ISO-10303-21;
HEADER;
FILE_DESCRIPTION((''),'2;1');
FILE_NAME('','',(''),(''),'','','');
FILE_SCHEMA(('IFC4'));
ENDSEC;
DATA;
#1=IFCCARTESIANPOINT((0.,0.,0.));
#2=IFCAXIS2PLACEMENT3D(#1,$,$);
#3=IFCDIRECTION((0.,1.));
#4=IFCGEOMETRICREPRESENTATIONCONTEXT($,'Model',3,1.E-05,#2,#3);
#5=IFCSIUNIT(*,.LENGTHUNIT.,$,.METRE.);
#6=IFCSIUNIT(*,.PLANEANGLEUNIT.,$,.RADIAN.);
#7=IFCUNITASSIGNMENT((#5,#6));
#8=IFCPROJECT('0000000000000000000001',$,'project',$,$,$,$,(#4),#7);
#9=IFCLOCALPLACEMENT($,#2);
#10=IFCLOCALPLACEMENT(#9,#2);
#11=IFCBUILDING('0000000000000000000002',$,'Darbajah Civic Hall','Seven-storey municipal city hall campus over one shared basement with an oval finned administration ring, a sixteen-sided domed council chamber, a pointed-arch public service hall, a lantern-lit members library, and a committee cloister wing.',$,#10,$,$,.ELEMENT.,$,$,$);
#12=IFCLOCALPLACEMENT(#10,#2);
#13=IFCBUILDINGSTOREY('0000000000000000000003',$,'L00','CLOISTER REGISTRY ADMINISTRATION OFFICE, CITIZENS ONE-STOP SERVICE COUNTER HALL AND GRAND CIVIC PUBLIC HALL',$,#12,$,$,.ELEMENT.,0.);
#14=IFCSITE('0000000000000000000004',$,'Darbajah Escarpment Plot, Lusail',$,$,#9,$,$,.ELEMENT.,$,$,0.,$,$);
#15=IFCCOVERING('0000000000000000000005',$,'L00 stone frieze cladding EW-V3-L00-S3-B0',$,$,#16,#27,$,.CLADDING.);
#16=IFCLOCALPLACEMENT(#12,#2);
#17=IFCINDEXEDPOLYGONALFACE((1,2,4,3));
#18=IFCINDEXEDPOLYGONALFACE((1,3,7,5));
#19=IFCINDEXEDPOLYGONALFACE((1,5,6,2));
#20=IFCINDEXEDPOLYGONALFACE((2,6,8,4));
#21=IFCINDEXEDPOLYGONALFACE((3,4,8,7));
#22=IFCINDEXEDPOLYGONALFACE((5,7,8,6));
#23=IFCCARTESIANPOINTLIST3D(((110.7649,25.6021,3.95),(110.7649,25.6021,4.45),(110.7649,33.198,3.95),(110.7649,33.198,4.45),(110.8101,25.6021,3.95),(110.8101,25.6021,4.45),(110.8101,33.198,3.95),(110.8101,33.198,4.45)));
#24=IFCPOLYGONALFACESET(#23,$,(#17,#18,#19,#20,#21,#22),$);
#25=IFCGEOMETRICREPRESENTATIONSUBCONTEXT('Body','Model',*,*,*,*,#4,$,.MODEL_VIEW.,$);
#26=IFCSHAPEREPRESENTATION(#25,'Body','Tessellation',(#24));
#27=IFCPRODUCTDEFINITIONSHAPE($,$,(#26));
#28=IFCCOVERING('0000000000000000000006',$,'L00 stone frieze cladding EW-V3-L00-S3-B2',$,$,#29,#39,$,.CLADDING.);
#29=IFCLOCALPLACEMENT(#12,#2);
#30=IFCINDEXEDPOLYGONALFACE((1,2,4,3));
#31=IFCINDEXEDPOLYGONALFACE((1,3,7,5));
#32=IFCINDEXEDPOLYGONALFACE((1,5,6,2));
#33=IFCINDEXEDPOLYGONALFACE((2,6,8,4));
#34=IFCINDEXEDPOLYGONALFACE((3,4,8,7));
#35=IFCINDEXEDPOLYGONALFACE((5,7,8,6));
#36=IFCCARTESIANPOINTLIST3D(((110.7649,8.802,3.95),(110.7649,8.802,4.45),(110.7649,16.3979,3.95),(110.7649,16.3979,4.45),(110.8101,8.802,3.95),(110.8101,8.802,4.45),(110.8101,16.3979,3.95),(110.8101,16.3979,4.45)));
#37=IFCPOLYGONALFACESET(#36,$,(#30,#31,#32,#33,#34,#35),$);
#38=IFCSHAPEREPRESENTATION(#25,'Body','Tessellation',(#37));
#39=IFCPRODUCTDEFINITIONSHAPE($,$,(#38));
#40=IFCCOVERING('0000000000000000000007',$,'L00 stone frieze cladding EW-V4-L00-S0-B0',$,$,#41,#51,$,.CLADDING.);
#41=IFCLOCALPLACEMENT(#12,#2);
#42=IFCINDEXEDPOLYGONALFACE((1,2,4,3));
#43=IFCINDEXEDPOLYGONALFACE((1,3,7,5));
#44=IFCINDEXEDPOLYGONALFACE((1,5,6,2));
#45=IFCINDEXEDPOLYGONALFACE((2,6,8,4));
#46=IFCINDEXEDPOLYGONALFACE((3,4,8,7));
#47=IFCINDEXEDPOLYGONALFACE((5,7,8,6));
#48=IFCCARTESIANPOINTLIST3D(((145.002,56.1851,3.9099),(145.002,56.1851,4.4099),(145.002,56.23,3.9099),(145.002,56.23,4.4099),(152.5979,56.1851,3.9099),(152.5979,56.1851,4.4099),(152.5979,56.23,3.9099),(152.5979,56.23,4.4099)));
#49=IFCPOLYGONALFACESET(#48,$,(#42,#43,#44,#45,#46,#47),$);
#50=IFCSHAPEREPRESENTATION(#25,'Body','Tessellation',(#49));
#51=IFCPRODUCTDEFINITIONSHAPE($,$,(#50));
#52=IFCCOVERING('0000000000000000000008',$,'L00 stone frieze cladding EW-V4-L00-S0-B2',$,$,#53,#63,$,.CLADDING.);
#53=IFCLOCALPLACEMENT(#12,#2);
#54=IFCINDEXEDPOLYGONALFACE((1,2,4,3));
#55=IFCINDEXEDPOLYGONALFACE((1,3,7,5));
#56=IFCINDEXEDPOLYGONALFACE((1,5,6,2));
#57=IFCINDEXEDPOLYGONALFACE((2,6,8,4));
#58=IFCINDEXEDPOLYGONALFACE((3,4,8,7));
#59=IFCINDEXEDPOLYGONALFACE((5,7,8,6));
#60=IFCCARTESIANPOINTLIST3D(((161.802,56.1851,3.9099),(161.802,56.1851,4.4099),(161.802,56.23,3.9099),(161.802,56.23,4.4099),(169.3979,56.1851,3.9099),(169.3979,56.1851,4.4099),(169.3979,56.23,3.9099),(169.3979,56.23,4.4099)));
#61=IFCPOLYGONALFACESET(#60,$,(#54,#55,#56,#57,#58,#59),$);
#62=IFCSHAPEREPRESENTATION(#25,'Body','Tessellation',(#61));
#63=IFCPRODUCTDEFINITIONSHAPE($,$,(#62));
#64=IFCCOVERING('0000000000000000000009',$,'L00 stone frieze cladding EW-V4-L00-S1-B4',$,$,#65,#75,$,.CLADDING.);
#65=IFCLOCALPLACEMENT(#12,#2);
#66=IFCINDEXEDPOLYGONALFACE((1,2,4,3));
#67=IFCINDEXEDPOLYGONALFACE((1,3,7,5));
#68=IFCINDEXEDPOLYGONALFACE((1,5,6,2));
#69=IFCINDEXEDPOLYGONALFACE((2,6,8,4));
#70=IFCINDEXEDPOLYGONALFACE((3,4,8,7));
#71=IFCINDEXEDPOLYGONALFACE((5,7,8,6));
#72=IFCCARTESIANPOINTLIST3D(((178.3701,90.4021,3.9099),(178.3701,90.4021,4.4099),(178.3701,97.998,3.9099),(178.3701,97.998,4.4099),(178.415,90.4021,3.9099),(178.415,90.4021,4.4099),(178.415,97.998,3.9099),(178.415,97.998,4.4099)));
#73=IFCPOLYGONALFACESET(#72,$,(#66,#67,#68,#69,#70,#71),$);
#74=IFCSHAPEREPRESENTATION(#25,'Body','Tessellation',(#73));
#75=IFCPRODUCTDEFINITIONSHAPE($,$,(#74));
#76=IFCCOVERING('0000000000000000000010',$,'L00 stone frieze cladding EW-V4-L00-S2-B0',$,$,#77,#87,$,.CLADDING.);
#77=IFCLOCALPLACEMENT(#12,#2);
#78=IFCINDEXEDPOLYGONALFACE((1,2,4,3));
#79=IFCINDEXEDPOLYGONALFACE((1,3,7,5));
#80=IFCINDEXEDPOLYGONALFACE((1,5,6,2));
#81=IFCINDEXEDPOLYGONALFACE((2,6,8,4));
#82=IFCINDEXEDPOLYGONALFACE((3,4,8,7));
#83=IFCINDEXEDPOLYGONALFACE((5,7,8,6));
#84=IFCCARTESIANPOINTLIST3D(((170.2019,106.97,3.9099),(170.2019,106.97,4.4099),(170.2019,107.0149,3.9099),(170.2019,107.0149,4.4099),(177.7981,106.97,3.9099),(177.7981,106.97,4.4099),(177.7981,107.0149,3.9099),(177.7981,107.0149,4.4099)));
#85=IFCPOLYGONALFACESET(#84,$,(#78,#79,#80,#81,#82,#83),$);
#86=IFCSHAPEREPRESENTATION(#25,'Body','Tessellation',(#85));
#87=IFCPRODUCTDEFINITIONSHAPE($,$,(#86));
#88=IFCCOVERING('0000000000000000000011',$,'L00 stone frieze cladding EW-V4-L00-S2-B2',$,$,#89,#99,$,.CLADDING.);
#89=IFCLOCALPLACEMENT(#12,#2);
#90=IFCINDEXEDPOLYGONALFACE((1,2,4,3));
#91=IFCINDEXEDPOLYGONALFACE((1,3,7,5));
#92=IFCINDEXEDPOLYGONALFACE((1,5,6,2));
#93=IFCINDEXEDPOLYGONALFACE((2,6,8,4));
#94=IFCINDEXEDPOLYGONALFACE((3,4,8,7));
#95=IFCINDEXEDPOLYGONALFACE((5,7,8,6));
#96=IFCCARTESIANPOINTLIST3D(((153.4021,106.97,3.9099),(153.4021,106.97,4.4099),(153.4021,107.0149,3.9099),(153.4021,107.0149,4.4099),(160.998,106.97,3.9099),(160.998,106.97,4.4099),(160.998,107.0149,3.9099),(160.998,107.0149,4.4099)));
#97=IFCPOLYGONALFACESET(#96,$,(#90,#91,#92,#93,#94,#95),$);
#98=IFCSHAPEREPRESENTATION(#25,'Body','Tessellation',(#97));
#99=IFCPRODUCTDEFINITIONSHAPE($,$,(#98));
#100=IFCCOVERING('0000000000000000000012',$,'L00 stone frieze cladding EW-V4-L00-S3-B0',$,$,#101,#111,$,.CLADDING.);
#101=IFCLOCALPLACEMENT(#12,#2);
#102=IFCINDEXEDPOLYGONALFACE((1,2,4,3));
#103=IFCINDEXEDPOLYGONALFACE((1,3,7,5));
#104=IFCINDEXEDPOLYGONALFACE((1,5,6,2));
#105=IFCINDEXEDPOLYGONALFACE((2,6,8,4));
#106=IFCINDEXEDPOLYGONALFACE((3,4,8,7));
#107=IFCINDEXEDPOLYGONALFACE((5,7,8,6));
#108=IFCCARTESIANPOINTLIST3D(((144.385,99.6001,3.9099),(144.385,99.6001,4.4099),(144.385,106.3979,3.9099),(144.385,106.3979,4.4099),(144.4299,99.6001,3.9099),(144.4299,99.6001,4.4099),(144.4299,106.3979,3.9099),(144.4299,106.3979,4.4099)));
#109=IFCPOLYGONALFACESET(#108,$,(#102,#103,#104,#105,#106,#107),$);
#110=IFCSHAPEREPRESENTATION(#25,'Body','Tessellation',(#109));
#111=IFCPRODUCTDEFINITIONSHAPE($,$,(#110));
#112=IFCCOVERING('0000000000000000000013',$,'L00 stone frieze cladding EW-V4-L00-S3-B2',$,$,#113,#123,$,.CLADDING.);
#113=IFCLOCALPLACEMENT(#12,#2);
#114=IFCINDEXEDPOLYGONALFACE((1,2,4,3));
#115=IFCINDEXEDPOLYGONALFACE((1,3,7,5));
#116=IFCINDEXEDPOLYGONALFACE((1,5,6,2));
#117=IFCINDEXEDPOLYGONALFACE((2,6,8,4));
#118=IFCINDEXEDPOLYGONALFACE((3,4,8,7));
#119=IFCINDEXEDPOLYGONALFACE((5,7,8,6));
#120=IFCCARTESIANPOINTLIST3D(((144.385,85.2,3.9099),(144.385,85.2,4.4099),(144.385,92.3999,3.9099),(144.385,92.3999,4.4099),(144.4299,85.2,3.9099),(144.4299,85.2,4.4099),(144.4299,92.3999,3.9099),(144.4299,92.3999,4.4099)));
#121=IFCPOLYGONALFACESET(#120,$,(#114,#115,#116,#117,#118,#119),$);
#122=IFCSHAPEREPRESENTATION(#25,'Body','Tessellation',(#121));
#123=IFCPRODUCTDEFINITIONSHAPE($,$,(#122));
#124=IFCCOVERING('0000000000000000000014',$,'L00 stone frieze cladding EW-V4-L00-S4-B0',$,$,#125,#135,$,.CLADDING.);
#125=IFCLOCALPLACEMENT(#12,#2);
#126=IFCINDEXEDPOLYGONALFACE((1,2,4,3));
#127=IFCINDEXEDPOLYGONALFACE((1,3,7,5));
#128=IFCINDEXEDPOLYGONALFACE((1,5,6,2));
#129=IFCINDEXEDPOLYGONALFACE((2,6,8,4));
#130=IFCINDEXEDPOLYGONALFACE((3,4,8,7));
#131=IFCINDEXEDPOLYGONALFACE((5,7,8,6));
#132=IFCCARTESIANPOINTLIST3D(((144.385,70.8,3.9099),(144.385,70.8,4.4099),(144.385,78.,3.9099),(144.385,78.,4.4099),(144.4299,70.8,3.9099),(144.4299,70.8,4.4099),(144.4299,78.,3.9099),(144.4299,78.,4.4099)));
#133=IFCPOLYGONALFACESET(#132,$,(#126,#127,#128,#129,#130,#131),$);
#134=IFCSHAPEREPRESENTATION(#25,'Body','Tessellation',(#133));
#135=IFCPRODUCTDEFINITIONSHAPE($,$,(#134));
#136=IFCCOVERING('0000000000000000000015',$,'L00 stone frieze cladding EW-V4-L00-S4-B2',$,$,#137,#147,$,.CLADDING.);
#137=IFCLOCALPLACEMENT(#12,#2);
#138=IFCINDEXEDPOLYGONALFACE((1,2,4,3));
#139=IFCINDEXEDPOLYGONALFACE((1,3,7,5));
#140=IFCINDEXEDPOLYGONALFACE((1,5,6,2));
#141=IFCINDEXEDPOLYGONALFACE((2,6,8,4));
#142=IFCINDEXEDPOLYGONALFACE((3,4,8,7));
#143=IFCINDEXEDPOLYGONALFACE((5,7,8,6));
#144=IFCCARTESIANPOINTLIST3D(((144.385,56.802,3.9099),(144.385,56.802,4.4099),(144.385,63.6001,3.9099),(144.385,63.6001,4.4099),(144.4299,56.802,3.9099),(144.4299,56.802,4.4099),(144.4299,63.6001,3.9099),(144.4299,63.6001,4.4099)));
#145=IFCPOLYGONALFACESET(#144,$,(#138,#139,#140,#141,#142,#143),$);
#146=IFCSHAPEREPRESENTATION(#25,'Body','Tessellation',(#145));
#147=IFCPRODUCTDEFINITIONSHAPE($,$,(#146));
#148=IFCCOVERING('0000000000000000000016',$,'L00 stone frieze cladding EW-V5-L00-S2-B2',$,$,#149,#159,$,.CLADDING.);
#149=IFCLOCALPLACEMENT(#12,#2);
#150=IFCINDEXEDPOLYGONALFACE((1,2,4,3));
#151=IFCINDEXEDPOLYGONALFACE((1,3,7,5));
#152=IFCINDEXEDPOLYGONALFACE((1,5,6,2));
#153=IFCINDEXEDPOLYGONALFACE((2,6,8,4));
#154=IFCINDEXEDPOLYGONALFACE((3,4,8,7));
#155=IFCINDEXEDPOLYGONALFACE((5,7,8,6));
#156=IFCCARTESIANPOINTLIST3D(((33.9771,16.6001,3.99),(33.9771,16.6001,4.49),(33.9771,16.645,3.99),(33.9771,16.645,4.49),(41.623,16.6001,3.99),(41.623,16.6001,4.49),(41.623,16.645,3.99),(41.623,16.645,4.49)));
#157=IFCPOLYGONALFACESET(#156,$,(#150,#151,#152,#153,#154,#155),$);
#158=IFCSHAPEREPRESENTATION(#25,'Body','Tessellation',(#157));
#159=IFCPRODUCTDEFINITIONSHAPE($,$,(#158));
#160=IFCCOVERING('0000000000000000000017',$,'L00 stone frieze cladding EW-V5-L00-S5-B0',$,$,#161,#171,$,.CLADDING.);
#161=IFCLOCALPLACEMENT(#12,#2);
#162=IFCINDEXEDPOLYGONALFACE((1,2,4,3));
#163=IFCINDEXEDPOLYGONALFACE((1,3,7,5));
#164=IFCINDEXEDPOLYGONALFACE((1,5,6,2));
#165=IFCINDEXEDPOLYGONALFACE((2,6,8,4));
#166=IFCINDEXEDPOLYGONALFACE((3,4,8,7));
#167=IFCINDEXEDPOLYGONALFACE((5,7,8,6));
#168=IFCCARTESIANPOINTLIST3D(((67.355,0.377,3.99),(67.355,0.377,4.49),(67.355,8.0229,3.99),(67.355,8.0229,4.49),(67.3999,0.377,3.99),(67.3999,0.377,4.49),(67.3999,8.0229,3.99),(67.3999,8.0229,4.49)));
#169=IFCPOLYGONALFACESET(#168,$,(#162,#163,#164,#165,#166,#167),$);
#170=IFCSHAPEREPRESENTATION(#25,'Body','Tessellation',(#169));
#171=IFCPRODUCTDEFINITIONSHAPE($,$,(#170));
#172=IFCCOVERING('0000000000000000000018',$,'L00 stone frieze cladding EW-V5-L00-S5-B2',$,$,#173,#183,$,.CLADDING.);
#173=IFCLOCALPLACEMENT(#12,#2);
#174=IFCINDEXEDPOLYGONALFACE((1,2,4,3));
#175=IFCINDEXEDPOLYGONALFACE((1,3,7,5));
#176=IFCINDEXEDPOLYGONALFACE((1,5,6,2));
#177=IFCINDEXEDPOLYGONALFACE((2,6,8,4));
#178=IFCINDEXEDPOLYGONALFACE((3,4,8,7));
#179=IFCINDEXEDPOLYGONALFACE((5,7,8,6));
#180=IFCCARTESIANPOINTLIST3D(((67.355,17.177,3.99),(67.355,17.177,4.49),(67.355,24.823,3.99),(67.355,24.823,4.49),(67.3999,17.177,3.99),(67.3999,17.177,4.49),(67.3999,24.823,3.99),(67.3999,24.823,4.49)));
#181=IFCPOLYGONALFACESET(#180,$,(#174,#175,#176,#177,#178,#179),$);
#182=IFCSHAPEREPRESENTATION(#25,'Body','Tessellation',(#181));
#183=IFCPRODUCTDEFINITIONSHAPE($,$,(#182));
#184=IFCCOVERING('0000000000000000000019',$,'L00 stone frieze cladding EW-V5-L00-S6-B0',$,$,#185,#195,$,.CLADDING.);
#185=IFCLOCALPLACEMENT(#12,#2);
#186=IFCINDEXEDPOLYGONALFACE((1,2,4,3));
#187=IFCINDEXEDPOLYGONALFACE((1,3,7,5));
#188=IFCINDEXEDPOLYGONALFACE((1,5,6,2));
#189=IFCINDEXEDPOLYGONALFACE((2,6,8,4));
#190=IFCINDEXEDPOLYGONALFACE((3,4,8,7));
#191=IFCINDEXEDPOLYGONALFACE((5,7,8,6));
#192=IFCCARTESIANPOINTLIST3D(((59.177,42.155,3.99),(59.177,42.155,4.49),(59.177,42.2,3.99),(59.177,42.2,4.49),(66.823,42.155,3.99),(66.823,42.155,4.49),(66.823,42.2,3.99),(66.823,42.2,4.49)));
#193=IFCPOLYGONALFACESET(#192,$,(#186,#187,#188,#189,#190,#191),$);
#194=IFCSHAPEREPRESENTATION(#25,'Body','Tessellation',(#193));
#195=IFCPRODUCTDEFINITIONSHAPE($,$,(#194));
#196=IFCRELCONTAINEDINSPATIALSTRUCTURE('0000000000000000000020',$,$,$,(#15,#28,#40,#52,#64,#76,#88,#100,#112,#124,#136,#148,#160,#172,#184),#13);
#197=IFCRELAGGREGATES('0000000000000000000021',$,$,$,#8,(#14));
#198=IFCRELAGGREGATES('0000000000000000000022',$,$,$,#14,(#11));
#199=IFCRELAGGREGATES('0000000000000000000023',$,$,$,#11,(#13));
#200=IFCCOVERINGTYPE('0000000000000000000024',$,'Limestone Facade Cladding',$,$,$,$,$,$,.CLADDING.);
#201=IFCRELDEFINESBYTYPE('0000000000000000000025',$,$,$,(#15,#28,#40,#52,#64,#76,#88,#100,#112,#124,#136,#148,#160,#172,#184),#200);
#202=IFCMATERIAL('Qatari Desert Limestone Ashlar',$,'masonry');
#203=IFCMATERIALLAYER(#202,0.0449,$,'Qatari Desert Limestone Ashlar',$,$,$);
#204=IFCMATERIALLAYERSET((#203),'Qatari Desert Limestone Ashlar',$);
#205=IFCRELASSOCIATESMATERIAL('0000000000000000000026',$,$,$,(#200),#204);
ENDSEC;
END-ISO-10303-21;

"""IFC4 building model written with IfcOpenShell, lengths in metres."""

from ifc_helpers import new_model, si_unit, direction, frame, origin, place, context, subcontext, project, spatial, polyline, outline, extrude, material, layer, layer_set, type_object, element, save


model = new_model("IFC4")

# Units and contexts
model_context = context("Model", 3, precision=1e-05, world=origin(), true_north=direction((0.0, 1.0)))
body_context = subcontext(model_context, "Body", "Model", "MODEL_VIEW")
ifc_project = project(units=[si_unit("LENGTHUNIT", "METRE"), si_unit("PLANEANGLEUNIT", "RADIAN")], contexts=[model_context])

# Site, building, storey
site_placement = place(None, origin())
site = spatial("IfcSite", under=ifc_project, at=site_placement, Name="Darbajah Escarpment Plot, Lusail", CompositionType="ELEMENT", RefElevation=0.0)
building_placement = place(site_placement, origin())
building = spatial("IfcBuilding", under=site, at=building_placement, Name="Darbajah Civic Hall", Description="Seven-storey municipal city hall campus over one shared basement with an oval finned administration ring, a sixteen-sided domed council chamber, a pointed-arch public service hall, a lantern-lit members library, and a committee cloister wing.", CompositionType="ELEMENT")
storey_placement = place(building_placement, origin())
storey = spatial("IfcBuildingStorey", under=building, at=storey_placement, Name="L00", Description="CLOISTER REGISTRY ADMINISTRATION OFFICE, CITIZENS ONE-STOP SERVICE COUNTER HALL AND GRAND CIVIC PUBLIC HALL", CompositionType="ELEMENT", Elevation=0.0)

# Coverings
ifc_material = material(Name="Qatari Desert Limestone Ashlar", Category="masonry")
ifc_layer = layer(ifc_material, 0.0449, Name="Qatari Desert Limestone Ashlar")
ifc_layer_set = layer_set([ifc_layer], Name="Qatari Desert Limestone Ashlar")
covering_type = type_object("IfcCoveringType", Name="Limestone Facade Cladding", PredefinedType="CLADDING", material=ifc_layer_set)
covering_1_placement = place(storey_placement, frame((0.0, 0.0, 3.95)))
element("IfcCovering", 1, at=covering_1_placement, inside=storey, type_object=covering_type, Name="L00 stone frieze cladding EW-V3-L00-S3-B0", PredefinedType="CLADDING", context=body_context, shape_type="SweptSolid", body=[
    extrude(outline(polyline([(110.8101, 33.198), (110.8101, 25.6021), (110.7649, 25.6021), (110.7649, 33.198), (110.8101, 33.198)])), origin(), (0.0, 0.0, 1.0), 0.5),
])
covering_2_placement = place(storey_placement, frame((0.0, 0.0, 3.95)))
element("IfcCovering", 2, at=covering_2_placement, inside=storey, type_object=covering_type, Name="L00 stone frieze cladding EW-V3-L00-S3-B2", PredefinedType="CLADDING", context=body_context, shape_type="SweptSolid", body=[
    extrude(outline(polyline([(110.8101, 16.3979), (110.8101, 8.802), (110.7649, 8.802), (110.7649, 16.3979), (110.8101, 16.3979)])), origin(), (0.0, 0.0, 1.0), 0.5),
])
covering_3_placement = place(storey_placement, frame((0.0, 0.0, 3.9099)))
element("IfcCovering", 3, at=covering_3_placement, inside=storey, type_object=covering_type, Name="L00 stone frieze cladding EW-V4-L00-S0-B0", PredefinedType="CLADDING", context=body_context, shape_type="SweptSolid", body=[
    extrude(outline(polyline([(145.002, 56.23), (152.5979, 56.23), (152.5979, 56.1851), (145.002, 56.1851), (145.002, 56.23)])), origin(), (0.0, 0.0, 1.0), 0.5),
])
covering_4_placement = place(storey_placement, frame((0.0, 0.0, 3.9099)))
element("IfcCovering", 4, at=covering_4_placement, inside=storey, type_object=covering_type, Name="L00 stone frieze cladding EW-V4-L00-S0-B2", PredefinedType="CLADDING", context=body_context, shape_type="SweptSolid", body=[
    extrude(outline(polyline([(161.802, 56.23), (169.3979, 56.23), (169.3979, 56.1851), (161.802, 56.1851), (161.802, 56.23)])), origin(), (0.0, 0.0, 1.0), 0.5),
])
covering_5_placement = place(storey_placement, frame((0.0, 0.0, 3.9099)))
element("IfcCovering", 5, at=covering_5_placement, inside=storey, type_object=covering_type, Name="L00 stone frieze cladding EW-V4-L00-S1-B4", PredefinedType="CLADDING", context=body_context, shape_type="SweptSolid", body=[
    extrude(outline(polyline([(178.3701, 90.4021), (178.3701, 97.998), (178.415, 97.998), (178.415, 90.4021), (178.3701, 90.4021)])), origin(), (0.0, 0.0, 1.0), 0.5),
])
covering_6_placement = place(storey_placement, frame((0.0, 0.0, 3.9099)))
element("IfcCovering", 6, at=covering_6_placement, inside=storey, type_object=covering_type, Name="L00 stone frieze cladding EW-V4-L00-S2-B0", PredefinedType="CLADDING", context=body_context, shape_type="SweptSolid", body=[
    extrude(outline(polyline([(177.7981, 106.97), (170.2019, 106.97), (170.2019, 107.0149), (177.7981, 107.0149), (177.7981, 106.97)])), origin(), (0.0, 0.0, 1.0), 0.5),
])
covering_7_placement = place(storey_placement, frame((0.0, 0.0, 3.9099)))
element("IfcCovering", 7, at=covering_7_placement, inside=storey, type_object=covering_type, Name="L00 stone frieze cladding EW-V4-L00-S2-B2", PredefinedType="CLADDING", context=body_context, shape_type="SweptSolid", body=[
    extrude(outline(polyline([(160.998, 106.97), (153.4021, 106.97), (153.4021, 107.0149), (160.998, 107.0149), (160.998, 106.97)])), origin(), (0.0, 0.0, 1.0), 0.5),
])
covering_8_placement = place(storey_placement, frame((0.0, 0.0, 3.9099)))
element("IfcCovering", 8, at=covering_8_placement, inside=storey, type_object=covering_type, Name="L00 stone frieze cladding EW-V4-L00-S3-B0", PredefinedType="CLADDING", context=body_context, shape_type="SweptSolid", body=[
    extrude(outline(polyline([(144.4299, 106.3979), (144.4299, 99.6001), (144.385, 99.6001), (144.385, 106.3979), (144.4299, 106.3979)])), origin(), (0.0, 0.0, 1.0), 0.5),
])
covering_9_placement = place(storey_placement, frame((0.0, 0.0, 3.9099)))
element("IfcCovering", 9, at=covering_9_placement, inside=storey, type_object=covering_type, Name="L00 stone frieze cladding EW-V4-L00-S3-B2", PredefinedType="CLADDING", context=body_context, shape_type="SweptSolid", body=[
    extrude(outline(polyline([(144.4299, 92.3999), (144.4299, 85.2), (144.385, 85.2), (144.385, 92.3999), (144.4299, 92.3999)])), origin(), (0.0, 0.0, 1.0), 0.5),
])
covering_10_placement = place(storey_placement, frame((0.0, 0.0, 3.9099)))
element("IfcCovering", 10, at=covering_10_placement, inside=storey, type_object=covering_type, Name="L00 stone frieze cladding EW-V4-L00-S4-B0", PredefinedType="CLADDING", context=body_context, shape_type="SweptSolid", body=[
    extrude(outline(polyline([(144.4299, 78.0), (144.4299, 70.8), (144.385, 70.8), (144.385, 78.0), (144.4299, 78.0)])), origin(), (0.0, 0.0, 1.0), 0.5),
])
covering_11_placement = place(storey_placement, frame((0.0, 0.0, 3.9099)))
element("IfcCovering", 11, at=covering_11_placement, inside=storey, type_object=covering_type, Name="L00 stone frieze cladding EW-V4-L00-S4-B2", PredefinedType="CLADDING", context=body_context, shape_type="SweptSolid", body=[
    extrude(outline(polyline([(144.4299, 63.6001), (144.4299, 56.802), (144.385, 56.802), (144.385, 63.6001), (144.4299, 63.6001)])), origin(), (0.0, 0.0, 1.0), 0.5),
])
covering_12_placement = place(storey_placement, frame((0.0, 0.0, 3.99)))
element("IfcCovering", 12, at=covering_12_placement, inside=storey, type_object=covering_type, Name="L00 stone frieze cladding EW-V5-L00-S2-B2", PredefinedType="CLADDING", context=body_context, shape_type="SweptSolid", body=[
    extrude(outline(polyline([(33.9771, 16.645), (41.623, 16.645), (41.623, 16.6001), (33.9771, 16.6001), (33.9771, 16.645)])), origin(), (0.0, 0.0, 1.0), 0.5),
])
covering_13_placement = place(storey_placement, frame((0.0, 0.0, 3.99)))
element("IfcCovering", 13, at=covering_13_placement, inside=storey, type_object=covering_type, Name="L00 stone frieze cladding EW-V5-L00-S5-B0", PredefinedType="CLADDING", context=body_context, shape_type="SweptSolid", body=[
    extrude(outline(polyline([(67.355, 0.377), (67.355, 8.0229), (67.3999, 8.0229), (67.3999, 0.377), (67.355, 0.377)])), origin(), (0.0, 0.0, 1.0), 0.5),
])
covering_14_placement = place(storey_placement, frame((0.0, 0.0, 3.99)))
element("IfcCovering", 14, at=covering_14_placement, inside=storey, type_object=covering_type, Name="L00 stone frieze cladding EW-V5-L00-S5-B2", PredefinedType="CLADDING", context=body_context, shape_type="SweptSolid", body=[
    extrude(outline(polyline([(67.355, 17.177), (67.355, 24.823), (67.3999, 24.823), (67.3999, 17.177), (67.355, 17.177)])), origin(), (0.0, 0.0, 1.0), 0.5),
])
covering_15_placement = place(storey_placement, frame((0.0, 0.0, 3.99)))
element("IfcCovering", 15, at=covering_15_placement, inside=storey, type_object=covering_type, Name="L00 stone frieze cladding EW-V5-L00-S6-B0", PredefinedType="CLADDING", context=body_context, shape_type="SweptSolid", body=[
    extrude(outline(polyline([(66.823, 42.155), (59.177, 42.155), (59.177, 42.2), (66.823, 42.2), (66.823, 42.155)])), origin(), (0.0, 0.0, 1.0), 0.5),
])

save(model, "model.ifc")
